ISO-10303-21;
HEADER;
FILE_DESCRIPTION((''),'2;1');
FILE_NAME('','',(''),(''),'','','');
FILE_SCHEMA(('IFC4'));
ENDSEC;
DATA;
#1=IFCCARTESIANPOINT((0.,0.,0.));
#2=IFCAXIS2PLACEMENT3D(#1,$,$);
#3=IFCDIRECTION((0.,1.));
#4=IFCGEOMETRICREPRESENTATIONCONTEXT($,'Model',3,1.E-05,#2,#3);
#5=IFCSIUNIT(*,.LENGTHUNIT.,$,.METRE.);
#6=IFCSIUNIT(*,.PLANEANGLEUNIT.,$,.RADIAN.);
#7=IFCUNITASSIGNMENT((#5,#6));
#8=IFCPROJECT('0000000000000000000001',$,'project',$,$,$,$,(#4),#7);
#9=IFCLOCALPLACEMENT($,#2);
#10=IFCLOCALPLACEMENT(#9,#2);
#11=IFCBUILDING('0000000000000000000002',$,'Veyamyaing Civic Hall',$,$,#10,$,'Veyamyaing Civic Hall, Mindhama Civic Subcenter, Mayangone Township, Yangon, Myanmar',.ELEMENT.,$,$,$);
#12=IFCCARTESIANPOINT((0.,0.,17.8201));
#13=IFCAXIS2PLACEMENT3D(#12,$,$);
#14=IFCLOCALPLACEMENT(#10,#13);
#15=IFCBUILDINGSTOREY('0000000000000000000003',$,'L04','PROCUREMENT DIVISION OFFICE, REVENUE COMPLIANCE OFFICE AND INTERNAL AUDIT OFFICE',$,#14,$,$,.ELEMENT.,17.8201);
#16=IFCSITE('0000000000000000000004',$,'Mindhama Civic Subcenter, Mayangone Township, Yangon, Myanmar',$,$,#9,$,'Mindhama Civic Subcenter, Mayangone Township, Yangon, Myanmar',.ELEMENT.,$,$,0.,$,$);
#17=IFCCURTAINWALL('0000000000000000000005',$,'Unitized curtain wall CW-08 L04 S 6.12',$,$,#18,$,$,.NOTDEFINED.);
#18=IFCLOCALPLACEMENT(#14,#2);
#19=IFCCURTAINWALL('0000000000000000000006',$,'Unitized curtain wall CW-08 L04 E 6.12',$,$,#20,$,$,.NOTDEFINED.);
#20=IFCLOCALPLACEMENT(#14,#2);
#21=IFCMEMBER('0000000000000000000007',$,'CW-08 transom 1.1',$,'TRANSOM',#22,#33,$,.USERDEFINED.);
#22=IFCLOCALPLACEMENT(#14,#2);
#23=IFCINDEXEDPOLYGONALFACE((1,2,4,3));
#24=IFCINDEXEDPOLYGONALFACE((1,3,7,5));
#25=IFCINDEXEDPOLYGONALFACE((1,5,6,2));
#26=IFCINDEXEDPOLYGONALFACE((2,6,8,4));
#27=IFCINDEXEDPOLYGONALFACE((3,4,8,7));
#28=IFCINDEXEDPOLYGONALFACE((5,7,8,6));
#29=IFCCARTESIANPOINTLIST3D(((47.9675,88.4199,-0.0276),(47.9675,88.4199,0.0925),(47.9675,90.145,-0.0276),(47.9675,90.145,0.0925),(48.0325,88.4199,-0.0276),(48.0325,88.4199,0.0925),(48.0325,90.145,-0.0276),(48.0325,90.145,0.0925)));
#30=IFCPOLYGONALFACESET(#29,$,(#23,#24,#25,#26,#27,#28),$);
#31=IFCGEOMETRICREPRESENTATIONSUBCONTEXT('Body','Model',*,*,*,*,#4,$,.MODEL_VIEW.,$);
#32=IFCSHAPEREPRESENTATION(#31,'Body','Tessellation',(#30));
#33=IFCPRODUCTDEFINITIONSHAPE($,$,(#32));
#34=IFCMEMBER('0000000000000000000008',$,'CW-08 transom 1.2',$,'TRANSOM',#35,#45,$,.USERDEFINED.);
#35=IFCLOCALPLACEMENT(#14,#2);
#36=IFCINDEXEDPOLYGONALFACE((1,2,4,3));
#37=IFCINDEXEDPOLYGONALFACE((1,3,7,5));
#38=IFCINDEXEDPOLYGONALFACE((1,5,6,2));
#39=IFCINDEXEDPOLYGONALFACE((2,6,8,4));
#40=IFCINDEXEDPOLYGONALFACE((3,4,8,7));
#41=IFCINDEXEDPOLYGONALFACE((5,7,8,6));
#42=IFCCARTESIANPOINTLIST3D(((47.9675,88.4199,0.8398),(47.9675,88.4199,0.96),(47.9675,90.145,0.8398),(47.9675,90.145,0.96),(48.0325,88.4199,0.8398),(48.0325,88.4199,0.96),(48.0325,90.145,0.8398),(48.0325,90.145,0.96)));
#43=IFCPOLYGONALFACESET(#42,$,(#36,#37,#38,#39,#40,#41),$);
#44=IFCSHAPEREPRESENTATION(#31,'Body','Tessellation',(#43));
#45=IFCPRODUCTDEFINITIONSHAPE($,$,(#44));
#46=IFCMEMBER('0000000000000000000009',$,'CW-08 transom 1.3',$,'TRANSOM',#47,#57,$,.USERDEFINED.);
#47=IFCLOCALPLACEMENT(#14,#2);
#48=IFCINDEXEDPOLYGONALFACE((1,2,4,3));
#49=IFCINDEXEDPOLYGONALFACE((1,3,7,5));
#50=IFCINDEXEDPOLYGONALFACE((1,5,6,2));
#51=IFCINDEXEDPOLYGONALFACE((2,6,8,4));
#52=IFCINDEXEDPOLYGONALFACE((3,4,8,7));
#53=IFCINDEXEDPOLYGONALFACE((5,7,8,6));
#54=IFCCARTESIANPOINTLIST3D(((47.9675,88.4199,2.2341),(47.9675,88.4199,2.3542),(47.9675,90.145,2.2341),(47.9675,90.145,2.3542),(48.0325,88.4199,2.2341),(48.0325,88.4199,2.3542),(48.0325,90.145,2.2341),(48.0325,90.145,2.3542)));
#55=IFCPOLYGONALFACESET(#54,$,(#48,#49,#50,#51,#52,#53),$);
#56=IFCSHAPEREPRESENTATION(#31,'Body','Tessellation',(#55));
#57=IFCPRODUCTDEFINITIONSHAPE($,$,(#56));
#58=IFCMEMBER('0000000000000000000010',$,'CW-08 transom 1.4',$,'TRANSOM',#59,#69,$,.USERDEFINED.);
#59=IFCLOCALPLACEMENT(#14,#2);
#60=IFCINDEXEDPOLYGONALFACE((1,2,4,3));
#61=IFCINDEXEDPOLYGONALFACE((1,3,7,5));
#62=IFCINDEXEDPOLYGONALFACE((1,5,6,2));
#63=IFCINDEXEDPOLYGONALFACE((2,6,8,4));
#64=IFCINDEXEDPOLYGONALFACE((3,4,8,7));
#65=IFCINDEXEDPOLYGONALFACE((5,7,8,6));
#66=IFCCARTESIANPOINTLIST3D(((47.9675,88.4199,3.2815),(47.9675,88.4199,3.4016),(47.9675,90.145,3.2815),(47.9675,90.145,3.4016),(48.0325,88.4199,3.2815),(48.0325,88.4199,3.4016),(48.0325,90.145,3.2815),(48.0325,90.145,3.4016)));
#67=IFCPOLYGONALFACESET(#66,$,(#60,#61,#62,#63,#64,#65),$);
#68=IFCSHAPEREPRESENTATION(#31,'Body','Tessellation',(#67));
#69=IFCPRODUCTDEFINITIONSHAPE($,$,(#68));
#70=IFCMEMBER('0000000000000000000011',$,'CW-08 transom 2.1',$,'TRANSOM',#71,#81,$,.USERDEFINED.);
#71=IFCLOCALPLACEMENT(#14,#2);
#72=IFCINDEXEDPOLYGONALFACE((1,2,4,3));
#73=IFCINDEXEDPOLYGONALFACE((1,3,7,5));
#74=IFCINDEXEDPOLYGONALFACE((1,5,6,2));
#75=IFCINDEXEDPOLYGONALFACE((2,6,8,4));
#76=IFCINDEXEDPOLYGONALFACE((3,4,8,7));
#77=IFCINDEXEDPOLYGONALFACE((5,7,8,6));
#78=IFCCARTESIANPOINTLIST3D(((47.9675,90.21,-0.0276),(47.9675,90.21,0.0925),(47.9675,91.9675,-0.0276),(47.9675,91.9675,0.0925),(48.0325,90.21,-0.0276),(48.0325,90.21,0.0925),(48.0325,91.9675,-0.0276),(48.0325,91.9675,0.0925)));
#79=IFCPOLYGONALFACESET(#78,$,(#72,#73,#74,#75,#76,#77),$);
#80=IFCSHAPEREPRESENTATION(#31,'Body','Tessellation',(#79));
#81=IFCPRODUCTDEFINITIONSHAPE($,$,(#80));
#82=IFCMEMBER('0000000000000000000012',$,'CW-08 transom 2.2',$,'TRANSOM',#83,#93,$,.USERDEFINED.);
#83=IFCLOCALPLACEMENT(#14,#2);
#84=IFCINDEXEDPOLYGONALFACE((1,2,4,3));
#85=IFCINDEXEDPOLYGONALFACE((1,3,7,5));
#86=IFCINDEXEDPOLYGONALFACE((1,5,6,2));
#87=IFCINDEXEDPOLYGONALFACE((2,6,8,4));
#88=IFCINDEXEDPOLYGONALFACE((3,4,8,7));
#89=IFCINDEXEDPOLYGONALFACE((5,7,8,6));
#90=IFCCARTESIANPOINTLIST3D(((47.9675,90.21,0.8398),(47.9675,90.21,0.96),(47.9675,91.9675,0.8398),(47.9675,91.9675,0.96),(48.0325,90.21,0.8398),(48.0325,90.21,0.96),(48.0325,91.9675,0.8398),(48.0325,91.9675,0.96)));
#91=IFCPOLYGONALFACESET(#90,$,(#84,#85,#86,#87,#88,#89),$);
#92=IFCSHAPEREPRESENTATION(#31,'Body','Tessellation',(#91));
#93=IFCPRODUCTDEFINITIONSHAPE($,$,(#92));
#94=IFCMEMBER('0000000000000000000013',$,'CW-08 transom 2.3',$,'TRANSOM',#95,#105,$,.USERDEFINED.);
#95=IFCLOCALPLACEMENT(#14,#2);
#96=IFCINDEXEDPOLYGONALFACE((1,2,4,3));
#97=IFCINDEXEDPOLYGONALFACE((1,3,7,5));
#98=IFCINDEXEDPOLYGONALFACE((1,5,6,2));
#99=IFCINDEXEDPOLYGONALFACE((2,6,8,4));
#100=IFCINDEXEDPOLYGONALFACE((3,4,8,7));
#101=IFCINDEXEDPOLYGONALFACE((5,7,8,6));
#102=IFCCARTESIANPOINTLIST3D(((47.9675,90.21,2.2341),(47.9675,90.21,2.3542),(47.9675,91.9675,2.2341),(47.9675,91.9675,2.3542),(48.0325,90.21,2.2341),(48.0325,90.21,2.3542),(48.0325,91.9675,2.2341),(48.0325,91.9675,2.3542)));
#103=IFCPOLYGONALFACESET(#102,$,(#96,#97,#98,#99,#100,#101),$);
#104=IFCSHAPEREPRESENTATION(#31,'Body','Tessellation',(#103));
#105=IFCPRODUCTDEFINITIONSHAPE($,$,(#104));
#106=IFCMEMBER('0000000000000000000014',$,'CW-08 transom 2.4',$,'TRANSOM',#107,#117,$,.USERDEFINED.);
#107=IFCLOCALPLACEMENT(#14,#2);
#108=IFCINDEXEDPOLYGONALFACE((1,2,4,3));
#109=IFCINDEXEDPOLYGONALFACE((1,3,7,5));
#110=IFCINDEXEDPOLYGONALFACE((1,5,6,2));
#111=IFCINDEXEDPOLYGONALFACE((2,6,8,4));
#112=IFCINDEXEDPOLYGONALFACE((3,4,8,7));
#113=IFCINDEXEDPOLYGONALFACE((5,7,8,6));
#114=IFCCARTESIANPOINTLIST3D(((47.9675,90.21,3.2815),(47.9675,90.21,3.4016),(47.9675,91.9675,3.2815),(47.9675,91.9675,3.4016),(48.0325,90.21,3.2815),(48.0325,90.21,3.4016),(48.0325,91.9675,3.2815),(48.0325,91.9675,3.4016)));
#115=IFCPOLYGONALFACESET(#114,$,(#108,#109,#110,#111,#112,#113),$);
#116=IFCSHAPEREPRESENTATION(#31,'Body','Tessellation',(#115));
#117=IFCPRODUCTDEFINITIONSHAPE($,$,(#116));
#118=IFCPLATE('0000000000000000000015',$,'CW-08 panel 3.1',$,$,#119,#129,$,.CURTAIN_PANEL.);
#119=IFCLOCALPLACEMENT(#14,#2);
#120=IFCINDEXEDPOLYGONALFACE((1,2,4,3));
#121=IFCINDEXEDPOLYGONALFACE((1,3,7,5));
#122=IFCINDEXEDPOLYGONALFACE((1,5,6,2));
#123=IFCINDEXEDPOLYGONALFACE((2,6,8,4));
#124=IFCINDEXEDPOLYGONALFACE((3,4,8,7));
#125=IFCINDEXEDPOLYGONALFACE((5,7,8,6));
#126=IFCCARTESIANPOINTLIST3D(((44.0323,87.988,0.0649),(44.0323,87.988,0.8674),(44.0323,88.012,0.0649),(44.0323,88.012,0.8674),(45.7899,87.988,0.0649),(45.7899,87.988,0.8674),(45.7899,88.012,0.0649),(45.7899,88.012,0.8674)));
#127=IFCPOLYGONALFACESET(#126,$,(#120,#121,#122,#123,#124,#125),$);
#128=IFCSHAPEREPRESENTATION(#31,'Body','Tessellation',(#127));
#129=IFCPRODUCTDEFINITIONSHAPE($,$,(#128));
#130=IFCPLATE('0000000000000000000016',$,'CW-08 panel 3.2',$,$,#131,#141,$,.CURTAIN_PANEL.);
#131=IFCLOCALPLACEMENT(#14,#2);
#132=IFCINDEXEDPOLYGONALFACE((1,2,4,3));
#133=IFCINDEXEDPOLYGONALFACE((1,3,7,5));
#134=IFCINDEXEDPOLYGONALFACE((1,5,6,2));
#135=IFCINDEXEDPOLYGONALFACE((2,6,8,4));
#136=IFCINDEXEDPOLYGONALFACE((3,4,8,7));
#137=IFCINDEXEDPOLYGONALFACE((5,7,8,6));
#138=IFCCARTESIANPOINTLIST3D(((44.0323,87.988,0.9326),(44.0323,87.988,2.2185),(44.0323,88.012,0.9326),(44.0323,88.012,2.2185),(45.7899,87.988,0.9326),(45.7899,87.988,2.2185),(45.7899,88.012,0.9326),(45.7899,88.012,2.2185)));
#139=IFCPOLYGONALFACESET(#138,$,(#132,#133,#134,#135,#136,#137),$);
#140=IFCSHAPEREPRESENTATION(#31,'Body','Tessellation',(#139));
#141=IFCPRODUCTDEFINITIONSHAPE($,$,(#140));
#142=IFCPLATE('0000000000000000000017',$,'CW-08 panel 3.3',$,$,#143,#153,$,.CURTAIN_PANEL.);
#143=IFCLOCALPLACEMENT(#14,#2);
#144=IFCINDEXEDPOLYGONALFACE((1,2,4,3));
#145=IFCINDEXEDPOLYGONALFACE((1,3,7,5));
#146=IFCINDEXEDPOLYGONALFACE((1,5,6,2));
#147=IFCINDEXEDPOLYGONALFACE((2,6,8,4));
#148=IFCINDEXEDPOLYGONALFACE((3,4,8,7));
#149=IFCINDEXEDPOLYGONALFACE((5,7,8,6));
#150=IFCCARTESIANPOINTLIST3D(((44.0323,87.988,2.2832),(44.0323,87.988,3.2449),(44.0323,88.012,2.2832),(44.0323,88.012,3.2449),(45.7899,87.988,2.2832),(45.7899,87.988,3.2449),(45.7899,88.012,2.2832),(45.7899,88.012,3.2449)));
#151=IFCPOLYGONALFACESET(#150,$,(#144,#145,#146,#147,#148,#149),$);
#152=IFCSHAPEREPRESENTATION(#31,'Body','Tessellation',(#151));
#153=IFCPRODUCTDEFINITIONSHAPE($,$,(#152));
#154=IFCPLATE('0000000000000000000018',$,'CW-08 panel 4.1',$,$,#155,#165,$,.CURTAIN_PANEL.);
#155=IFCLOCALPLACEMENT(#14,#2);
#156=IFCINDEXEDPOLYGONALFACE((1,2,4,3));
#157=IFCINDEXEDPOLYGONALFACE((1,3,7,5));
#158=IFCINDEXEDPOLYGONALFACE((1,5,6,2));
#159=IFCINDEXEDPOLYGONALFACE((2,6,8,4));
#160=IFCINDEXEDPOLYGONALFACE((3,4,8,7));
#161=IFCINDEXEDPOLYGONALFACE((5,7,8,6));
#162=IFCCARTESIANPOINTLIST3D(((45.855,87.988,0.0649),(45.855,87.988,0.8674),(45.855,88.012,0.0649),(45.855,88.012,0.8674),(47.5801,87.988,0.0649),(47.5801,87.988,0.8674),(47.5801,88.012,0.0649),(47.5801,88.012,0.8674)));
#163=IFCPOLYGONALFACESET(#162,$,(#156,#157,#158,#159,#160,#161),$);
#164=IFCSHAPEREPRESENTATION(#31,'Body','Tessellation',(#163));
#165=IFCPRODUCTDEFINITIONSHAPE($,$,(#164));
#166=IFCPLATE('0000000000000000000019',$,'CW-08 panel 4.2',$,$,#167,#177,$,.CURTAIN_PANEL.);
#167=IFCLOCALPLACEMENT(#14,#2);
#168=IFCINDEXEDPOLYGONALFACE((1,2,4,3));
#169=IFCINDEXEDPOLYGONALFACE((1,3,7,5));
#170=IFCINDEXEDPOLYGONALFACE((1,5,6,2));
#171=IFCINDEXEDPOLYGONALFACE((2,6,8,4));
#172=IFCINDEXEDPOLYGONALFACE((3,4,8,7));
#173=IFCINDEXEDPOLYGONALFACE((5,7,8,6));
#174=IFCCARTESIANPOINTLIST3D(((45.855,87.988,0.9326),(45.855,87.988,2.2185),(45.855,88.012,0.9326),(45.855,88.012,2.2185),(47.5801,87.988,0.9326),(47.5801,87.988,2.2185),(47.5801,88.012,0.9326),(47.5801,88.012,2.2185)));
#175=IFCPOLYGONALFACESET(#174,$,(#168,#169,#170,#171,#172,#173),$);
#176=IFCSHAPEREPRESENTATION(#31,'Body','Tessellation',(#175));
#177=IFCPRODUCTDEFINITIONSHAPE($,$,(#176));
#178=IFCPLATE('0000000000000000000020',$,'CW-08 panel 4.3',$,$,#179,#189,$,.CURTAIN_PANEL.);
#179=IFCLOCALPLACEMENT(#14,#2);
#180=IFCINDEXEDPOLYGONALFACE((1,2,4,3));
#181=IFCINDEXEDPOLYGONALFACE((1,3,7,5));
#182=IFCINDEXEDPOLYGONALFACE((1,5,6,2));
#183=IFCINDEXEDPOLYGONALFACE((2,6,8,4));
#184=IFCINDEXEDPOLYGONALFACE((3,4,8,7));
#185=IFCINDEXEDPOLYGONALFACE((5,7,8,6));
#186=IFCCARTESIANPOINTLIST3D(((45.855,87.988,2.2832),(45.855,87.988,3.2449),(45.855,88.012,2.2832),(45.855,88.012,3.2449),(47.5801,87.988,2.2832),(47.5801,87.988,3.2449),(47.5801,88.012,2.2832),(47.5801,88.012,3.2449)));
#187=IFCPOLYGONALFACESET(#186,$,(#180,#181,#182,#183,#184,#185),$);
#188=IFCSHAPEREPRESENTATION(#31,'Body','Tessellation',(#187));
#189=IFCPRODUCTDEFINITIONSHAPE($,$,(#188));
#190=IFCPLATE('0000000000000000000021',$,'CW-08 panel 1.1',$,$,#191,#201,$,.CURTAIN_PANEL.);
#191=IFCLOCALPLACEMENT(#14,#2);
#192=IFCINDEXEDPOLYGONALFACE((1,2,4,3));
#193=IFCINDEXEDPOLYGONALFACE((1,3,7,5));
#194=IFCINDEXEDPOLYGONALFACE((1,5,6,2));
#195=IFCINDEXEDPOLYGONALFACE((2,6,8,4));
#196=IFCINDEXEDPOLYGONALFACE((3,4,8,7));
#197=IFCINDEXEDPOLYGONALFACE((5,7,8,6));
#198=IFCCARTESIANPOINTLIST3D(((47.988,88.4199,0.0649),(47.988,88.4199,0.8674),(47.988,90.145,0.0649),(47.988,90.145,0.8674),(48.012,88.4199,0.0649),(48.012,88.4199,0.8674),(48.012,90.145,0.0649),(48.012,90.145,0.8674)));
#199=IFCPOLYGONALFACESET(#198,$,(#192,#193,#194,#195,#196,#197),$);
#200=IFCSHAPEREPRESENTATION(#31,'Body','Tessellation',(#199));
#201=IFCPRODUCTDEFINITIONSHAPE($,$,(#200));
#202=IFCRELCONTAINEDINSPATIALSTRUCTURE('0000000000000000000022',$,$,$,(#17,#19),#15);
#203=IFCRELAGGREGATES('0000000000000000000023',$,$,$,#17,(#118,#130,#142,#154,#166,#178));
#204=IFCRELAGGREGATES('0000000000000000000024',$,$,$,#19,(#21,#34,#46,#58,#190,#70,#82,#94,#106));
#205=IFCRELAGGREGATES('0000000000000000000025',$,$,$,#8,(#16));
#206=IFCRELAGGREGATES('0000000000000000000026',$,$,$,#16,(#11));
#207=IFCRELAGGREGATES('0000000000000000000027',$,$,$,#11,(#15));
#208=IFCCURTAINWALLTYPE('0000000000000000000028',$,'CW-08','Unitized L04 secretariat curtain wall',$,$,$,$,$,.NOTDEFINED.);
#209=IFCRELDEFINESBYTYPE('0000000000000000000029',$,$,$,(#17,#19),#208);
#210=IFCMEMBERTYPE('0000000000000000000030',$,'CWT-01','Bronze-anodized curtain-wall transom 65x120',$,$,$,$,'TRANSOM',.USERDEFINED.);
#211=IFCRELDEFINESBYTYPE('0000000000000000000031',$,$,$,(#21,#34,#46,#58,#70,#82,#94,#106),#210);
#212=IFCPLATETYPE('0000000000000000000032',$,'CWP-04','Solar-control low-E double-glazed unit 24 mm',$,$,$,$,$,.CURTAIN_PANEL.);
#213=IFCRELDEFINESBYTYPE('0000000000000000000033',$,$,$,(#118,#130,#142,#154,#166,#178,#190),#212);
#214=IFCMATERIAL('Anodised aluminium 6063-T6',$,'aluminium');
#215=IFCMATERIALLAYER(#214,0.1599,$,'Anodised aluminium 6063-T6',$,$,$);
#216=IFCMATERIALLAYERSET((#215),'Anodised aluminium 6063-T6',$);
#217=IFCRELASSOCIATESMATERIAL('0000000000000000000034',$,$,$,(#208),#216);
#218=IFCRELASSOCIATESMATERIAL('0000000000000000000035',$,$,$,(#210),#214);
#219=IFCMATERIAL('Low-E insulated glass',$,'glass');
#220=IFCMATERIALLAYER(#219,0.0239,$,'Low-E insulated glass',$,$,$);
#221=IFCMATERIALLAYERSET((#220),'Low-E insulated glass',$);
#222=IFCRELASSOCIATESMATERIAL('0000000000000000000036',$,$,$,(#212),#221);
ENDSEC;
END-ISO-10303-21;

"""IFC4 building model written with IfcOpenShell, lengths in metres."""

from ifc_helpers import new_model, si_unit, direction, frame, origin, origin_2d, place, context, subcontext, project, spatial, rectangle, extrude, material, layer, layer_set, material_profile, profile_set, type_object, element, aggregate, save


model = new_model("IFC4")

# Units and contexts
model_context = context("Model", 3, precision=1e-05, world=origin(), true_north=direction((0.0, 1.0)))
body_context = subcontext(model_context, "Body", "Model", "MODEL_VIEW")
ifc_project = project(units=[si_unit("LENGTHUNIT", "METRE"), si_unit("PLANEANGLEUNIT", "RADIAN")], contexts=[model_context])

# Site, building, storey
site_placement = place(None, origin())
site = spatial("IfcSite", under=ifc_project, at=site_placement, Name="Mindhama Civic Subcenter, Mayangone Township, Yangon, Myanmar", LongName="Mindhama Civic Subcenter, Mayangone Township, Yangon, Myanmar", CompositionType="ELEMENT", RefElevation=0.0)
building_placement = place(site_placement, origin())
building = spatial("IfcBuilding", under=site, at=building_placement, Name="Veyamyaing Civic Hall", LongName="Veyamyaing Civic Hall, Mindhama Civic Subcenter, Mayangone Township, Yangon, Myanmar", CompositionType="ELEMENT")
storey_placement = place(building_placement, frame((0.0, 0.0, 17.8201)))
storey = spatial("IfcBuildingStorey", under=building, at=storey_placement, Name="L04", Description="PROCUREMENT DIVISION OFFICE, REVENUE COMPLIANCE OFFICE AND INTERNAL AUDIT OFFICE", CompositionType="ELEMENT", Elevation=17.8201)

# Curtain walls
ifc_material_1 = material(Name="Anodised aluminium 6063-T6", Category="aluminium")
ifc_layer_1 = layer(ifc_material_1, 0.1599, Name="Anodised aluminium 6063-T6")
ifc_layer_set_1 = layer_set([ifc_layer_1], Name="Anodised aluminium 6063-T6")
curtain_wall_type = type_object("IfcCurtainWallType", Name="CW-08", Description="Unitized L04 secretariat curtain wall", PredefinedType="NOTDEFINED", material=ifc_layer_set_1)
curtain_wall_1_placement = place(storey_placement, origin())
curtain_wall_1 = element("IfcCurtainWall", 1, at=curtain_wall_1_placement, inside=storey, type_object=curtain_wall_type, Name="Unitized curtain wall CW-08 L04 S 6.12", PredefinedType="NOTDEFINED")
curtain_wall_2_placement = place(storey_placement, origin())
curtain_wall_2 = element("IfcCurtainWall", 2, at=curtain_wall_2_placement, inside=storey, type_object=curtain_wall_type, Name="Unitized curtain wall CW-08 L04 E 6.12", PredefinedType="NOTDEFINED")

# Members
ifc_material_profile_1 = material_profile(ifc_material_1, rectangle(XDim=0.0649, YDim=0.1201, at=origin_2d()), Name="ALU-TRN-65X120")
ifc_profile_set_1 = profile_set([ifc_material_profile_1], Name="Anodised aluminium 6063-T6")
member_type_1 = type_object("IfcMemberType", Name="CWT-01", Description="Bronze-anodized curtain-wall transom 65x120", ElementType="TRANSOM", PredefinedType="USERDEFINED", material=ifc_profile_set_1)
member_1_placement = place(storey_placement, frame((48.0, 88.4199, 0.0325), z_axis=(0.0, 1.0, 0.0), x_axis=(-1.0, 0.0, 0.0)))
member_1 = element("IfcMember", 3, at=member_1_placement, type_object=member_type_1, Name="CW-08 transom 1.1", ObjectType="TRANSOM", PredefinedType="USERDEFINED", context=body_context, shape_type="SweptSolid", body=[
    extrude(rectangle(XDim=0.0649, YDim=0.1201, at=origin_2d()), origin(), (0.0, 0.0, 1.0), 1.7251),
])
member_2_placement = place(storey_placement, frame((48.0, 88.4199, 0.8999), z_axis=(0.0, 1.0, 0.0), x_axis=(-1.0, 0.0, 0.0)))
member_2 = element("IfcMember", 4, at=member_2_placement, type_object=member_type_1, Name="CW-08 transom 1.2", ObjectType="TRANSOM", PredefinedType="USERDEFINED", context=body_context, shape_type="SweptSolid", body=[
    extrude(rectangle(XDim=0.0649, YDim=0.1201, at=origin_2d()), origin(), (0.0, 0.0, 1.0), 1.7251),
])
member_3_placement = place(storey_placement, frame((48.0, 88.4199, 2.2942), z_axis=(0.0, 1.0, 0.0), x_axis=(-1.0, 0.0, 0.0)))
member_3 = element("IfcMember", 5, at=member_3_placement, type_object=member_type_1, Name="CW-08 transom 1.3", ObjectType="TRANSOM", PredefinedType="USERDEFINED", context=body_context, shape_type="SweptSolid", body=[
    extrude(rectangle(XDim=0.0649, YDim=0.1201, at=origin_2d()), origin(), (0.0, 0.0, 1.0), 1.7251),
])
member_4_placement = place(storey_placement, frame((48.0, 88.4199, 3.3416), z_axis=(0.0, 1.0, 0.0), x_axis=(-1.0, 0.0, 0.0)))
member_4 = element("IfcMember", 6, at=member_4_placement, type_object=member_type_1, Name="CW-08 transom 1.4", ObjectType="TRANSOM", PredefinedType="USERDEFINED", context=body_context, shape_type="SweptSolid", body=[
    extrude(rectangle(XDim=0.0649, YDim=0.1201, at=origin_2d()), origin(), (0.0, 0.0, 1.0), 1.7251),
])
member_5_placement = place(storey_placement, frame((48.0, 90.21, 0.0325), z_axis=(0.0, 1.0, 0.0), x_axis=(-1.0, 0.0, 0.0)))
member_5 = element("IfcMember", 7, at=member_5_placement, type_object=member_type_1, Name="CW-08 transom 2.1", ObjectType="TRANSOM", PredefinedType="USERDEFINED", context=body_context, shape_type="SweptSolid", body=[
    extrude(rectangle(XDim=0.0649, YDim=0.1201, at=origin_2d()), origin(), (0.0, 0.0, 1.0), 1.7576),
])
member_6_placement = place(storey_placement, frame((48.0, 90.21, 0.8999), z_axis=(0.0, 1.0, 0.0), x_axis=(-1.0, 0.0, 0.0)))
member_6 = element("IfcMember", 8, at=member_6_placement, type_object=member_type_1, Name="CW-08 transom 2.2", ObjectType="TRANSOM", PredefinedType="USERDEFINED", context=body_context, shape_type="SweptSolid", body=[
    extrude(rectangle(XDim=0.0649, YDim=0.1201, at=origin_2d()), origin(), (0.0, 0.0, 1.0), 1.7576),
])
member_7_placement = place(storey_placement, frame((48.0, 90.21, 2.2942), z_axis=(0.0, 1.0, 0.0), x_axis=(-1.0, 0.0, 0.0)))
member_7 = element("IfcMember", 9, at=member_7_placement, type_object=member_type_1, Name="CW-08 transom 2.3", ObjectType="TRANSOM", PredefinedType="USERDEFINED", context=body_context, shape_type="SweptSolid", body=[
    extrude(rectangle(XDim=0.0649, YDim=0.1201, at=origin_2d()), origin(), (0.0, 0.0, 1.0), 1.7576),
])
member_8_placement = place(storey_placement, frame((48.0, 90.21, 3.3416), z_axis=(0.0, 1.0, 0.0), x_axis=(-1.0, 0.0, 0.0)))
member_8 = element("IfcMember", 10, at=member_8_placement, type_object=member_type_1, Name="CW-08 transom 2.4", ObjectType="TRANSOM", PredefinedType="USERDEFINED", context=body_context, shape_type="SweptSolid", body=[
    extrude(rectangle(XDim=0.0649, YDim=0.1201, at=origin_2d()), origin(), (0.0, 0.0, 1.0), 1.7576),
])

# Plates
ifc_material_2 = material(Name="Low-E insulated glass", Category="glass")
ifc_layer_2 = layer(ifc_material_2, 0.0239, Name="Low-E insulated glass")
ifc_layer_set_2 = layer_set([ifc_layer_2], Name="Low-E insulated glass")
plate_type = type_object("IfcPlateType", Name="CWP-04", Description="Solar-control low-E double-glazed unit 24 mm", PredefinedType="CURTAIN_PANEL", material=ifc_layer_set_2)
plate_1_placement = place(storey_placement, frame((44.9111, 88.0, 0.0649), z_axis=(0.0, 0.0, 1.0), x_axis=(1.0, 0.0, 0.0)))
plate_1 = element("IfcPlate", 11, at=plate_1_placement, type_object=plate_type, Name="CW-08 panel 3.1", PredefinedType="CURTAIN_PANEL", context=body_context, shape_type="SweptSolid", body=[
    extrude(rectangle(XDim=1.7576, YDim=0.0239, at=origin_2d()), origin(), (0.0, 0.0, 1.0), 0.8025),
])
plate_2_placement = place(storey_placement, frame((44.9111, 88.0, 0.9326), z_axis=(0.0, 0.0, 1.0), x_axis=(1.0, 0.0, 0.0)))
plate_2 = element("IfcPlate", 12, at=plate_2_placement, type_object=plate_type, Name="CW-08 panel 3.2", PredefinedType="CURTAIN_PANEL", context=body_context, shape_type="SweptSolid", body=[
    extrude(rectangle(XDim=1.7576, YDim=0.0239, at=origin_2d()), origin(), (0.0, 0.0, 1.0), 1.2859),
])
plate_3_placement = place(storey_placement, frame((44.9111, 88.0, 2.2832), z_axis=(0.0, 0.0, 1.0), x_axis=(1.0, 0.0, 0.0)))
plate_3 = element("IfcPlate", 13, at=plate_3_placement, type_object=plate_type, Name="CW-08 panel 3.3", PredefinedType="CURTAIN_PANEL", context=body_context, shape_type="SweptSolid", body=[
    extrude(rectangle(XDim=1.7576, YDim=0.0239, at=origin_2d()), origin(), (0.0, 0.0, 1.0), 0.9617),
])
plate_4_placement = place(storey_placement, frame((46.7175, 88.0, 0.0649), z_axis=(0.0, 0.0, 1.0), x_axis=(1.0, 0.0, 0.0)))
plate_4 = element("IfcPlate", 14, at=plate_4_placement, type_object=plate_type, Name="CW-08 panel 4.1", PredefinedType="CURTAIN_PANEL", context=body_context, shape_type="SweptSolid", body=[
    extrude(rectangle(XDim=1.7251, YDim=0.0239, at=origin_2d()), origin(), (0.0, 0.0, 1.0), 0.8025),
])
plate_5_placement = place(storey_placement, frame((46.7175, 88.0, 0.9326), z_axis=(0.0, 0.0, 1.0), x_axis=(1.0, 0.0, 0.0)))
plate_5 = element("IfcPlate", 15, at=plate_5_placement, type_object=plate_type, Name="CW-08 panel 4.2", PredefinedType="CURTAIN_PANEL", context=body_context, shape_type="SweptSolid", body=[
    extrude(rectangle(XDim=1.7251, YDim=0.0239, at=origin_2d()), origin(), (0.0, 0.0, 1.0), 1.2859),
])
plate_6_placement = place(storey_placement, frame((46.7175, 88.0, 2.2832), z_axis=(0.0, 0.0, 1.0), x_axis=(1.0, 0.0, 0.0)))
plate_6 = element("IfcPlate", 16, at=plate_6_placement, type_object=plate_type, Name="CW-08 panel 4.3", PredefinedType="CURTAIN_PANEL", context=body_context, shape_type="SweptSolid", body=[
    extrude(rectangle(XDim=1.7251, YDim=0.0239, at=origin_2d()), origin(), (0.0, 0.0, 1.0), 0.9617),
])
aggregate(curtain_wall_1, [plate_1, plate_2, plate_3, plate_4, plate_5, plate_6])
plate_7_placement = place(storey_placement, frame((48.0, 89.2825, 0.0649), z_axis=(0.0, 0.0, 1.0), x_axis=(0.0, 1.0, 0.0)))
plate_7 = element("IfcPlate", 17, at=plate_7_placement, type_object=plate_type, Name="CW-08 panel 1.1", PredefinedType="CURTAIN_PANEL", context=body_context, shape_type="SweptSolid", body=[
    extrude(rectangle(XDim=1.7251, YDim=0.0239, at=origin_2d()), origin(), (0.0, 0.0, 1.0), 0.8025),
])
aggregate(curtain_wall_2, [member_1, member_2, member_3, member_4, plate_7, member_5, member_6, member_7, member_8])

save(model, "model.ifc")
